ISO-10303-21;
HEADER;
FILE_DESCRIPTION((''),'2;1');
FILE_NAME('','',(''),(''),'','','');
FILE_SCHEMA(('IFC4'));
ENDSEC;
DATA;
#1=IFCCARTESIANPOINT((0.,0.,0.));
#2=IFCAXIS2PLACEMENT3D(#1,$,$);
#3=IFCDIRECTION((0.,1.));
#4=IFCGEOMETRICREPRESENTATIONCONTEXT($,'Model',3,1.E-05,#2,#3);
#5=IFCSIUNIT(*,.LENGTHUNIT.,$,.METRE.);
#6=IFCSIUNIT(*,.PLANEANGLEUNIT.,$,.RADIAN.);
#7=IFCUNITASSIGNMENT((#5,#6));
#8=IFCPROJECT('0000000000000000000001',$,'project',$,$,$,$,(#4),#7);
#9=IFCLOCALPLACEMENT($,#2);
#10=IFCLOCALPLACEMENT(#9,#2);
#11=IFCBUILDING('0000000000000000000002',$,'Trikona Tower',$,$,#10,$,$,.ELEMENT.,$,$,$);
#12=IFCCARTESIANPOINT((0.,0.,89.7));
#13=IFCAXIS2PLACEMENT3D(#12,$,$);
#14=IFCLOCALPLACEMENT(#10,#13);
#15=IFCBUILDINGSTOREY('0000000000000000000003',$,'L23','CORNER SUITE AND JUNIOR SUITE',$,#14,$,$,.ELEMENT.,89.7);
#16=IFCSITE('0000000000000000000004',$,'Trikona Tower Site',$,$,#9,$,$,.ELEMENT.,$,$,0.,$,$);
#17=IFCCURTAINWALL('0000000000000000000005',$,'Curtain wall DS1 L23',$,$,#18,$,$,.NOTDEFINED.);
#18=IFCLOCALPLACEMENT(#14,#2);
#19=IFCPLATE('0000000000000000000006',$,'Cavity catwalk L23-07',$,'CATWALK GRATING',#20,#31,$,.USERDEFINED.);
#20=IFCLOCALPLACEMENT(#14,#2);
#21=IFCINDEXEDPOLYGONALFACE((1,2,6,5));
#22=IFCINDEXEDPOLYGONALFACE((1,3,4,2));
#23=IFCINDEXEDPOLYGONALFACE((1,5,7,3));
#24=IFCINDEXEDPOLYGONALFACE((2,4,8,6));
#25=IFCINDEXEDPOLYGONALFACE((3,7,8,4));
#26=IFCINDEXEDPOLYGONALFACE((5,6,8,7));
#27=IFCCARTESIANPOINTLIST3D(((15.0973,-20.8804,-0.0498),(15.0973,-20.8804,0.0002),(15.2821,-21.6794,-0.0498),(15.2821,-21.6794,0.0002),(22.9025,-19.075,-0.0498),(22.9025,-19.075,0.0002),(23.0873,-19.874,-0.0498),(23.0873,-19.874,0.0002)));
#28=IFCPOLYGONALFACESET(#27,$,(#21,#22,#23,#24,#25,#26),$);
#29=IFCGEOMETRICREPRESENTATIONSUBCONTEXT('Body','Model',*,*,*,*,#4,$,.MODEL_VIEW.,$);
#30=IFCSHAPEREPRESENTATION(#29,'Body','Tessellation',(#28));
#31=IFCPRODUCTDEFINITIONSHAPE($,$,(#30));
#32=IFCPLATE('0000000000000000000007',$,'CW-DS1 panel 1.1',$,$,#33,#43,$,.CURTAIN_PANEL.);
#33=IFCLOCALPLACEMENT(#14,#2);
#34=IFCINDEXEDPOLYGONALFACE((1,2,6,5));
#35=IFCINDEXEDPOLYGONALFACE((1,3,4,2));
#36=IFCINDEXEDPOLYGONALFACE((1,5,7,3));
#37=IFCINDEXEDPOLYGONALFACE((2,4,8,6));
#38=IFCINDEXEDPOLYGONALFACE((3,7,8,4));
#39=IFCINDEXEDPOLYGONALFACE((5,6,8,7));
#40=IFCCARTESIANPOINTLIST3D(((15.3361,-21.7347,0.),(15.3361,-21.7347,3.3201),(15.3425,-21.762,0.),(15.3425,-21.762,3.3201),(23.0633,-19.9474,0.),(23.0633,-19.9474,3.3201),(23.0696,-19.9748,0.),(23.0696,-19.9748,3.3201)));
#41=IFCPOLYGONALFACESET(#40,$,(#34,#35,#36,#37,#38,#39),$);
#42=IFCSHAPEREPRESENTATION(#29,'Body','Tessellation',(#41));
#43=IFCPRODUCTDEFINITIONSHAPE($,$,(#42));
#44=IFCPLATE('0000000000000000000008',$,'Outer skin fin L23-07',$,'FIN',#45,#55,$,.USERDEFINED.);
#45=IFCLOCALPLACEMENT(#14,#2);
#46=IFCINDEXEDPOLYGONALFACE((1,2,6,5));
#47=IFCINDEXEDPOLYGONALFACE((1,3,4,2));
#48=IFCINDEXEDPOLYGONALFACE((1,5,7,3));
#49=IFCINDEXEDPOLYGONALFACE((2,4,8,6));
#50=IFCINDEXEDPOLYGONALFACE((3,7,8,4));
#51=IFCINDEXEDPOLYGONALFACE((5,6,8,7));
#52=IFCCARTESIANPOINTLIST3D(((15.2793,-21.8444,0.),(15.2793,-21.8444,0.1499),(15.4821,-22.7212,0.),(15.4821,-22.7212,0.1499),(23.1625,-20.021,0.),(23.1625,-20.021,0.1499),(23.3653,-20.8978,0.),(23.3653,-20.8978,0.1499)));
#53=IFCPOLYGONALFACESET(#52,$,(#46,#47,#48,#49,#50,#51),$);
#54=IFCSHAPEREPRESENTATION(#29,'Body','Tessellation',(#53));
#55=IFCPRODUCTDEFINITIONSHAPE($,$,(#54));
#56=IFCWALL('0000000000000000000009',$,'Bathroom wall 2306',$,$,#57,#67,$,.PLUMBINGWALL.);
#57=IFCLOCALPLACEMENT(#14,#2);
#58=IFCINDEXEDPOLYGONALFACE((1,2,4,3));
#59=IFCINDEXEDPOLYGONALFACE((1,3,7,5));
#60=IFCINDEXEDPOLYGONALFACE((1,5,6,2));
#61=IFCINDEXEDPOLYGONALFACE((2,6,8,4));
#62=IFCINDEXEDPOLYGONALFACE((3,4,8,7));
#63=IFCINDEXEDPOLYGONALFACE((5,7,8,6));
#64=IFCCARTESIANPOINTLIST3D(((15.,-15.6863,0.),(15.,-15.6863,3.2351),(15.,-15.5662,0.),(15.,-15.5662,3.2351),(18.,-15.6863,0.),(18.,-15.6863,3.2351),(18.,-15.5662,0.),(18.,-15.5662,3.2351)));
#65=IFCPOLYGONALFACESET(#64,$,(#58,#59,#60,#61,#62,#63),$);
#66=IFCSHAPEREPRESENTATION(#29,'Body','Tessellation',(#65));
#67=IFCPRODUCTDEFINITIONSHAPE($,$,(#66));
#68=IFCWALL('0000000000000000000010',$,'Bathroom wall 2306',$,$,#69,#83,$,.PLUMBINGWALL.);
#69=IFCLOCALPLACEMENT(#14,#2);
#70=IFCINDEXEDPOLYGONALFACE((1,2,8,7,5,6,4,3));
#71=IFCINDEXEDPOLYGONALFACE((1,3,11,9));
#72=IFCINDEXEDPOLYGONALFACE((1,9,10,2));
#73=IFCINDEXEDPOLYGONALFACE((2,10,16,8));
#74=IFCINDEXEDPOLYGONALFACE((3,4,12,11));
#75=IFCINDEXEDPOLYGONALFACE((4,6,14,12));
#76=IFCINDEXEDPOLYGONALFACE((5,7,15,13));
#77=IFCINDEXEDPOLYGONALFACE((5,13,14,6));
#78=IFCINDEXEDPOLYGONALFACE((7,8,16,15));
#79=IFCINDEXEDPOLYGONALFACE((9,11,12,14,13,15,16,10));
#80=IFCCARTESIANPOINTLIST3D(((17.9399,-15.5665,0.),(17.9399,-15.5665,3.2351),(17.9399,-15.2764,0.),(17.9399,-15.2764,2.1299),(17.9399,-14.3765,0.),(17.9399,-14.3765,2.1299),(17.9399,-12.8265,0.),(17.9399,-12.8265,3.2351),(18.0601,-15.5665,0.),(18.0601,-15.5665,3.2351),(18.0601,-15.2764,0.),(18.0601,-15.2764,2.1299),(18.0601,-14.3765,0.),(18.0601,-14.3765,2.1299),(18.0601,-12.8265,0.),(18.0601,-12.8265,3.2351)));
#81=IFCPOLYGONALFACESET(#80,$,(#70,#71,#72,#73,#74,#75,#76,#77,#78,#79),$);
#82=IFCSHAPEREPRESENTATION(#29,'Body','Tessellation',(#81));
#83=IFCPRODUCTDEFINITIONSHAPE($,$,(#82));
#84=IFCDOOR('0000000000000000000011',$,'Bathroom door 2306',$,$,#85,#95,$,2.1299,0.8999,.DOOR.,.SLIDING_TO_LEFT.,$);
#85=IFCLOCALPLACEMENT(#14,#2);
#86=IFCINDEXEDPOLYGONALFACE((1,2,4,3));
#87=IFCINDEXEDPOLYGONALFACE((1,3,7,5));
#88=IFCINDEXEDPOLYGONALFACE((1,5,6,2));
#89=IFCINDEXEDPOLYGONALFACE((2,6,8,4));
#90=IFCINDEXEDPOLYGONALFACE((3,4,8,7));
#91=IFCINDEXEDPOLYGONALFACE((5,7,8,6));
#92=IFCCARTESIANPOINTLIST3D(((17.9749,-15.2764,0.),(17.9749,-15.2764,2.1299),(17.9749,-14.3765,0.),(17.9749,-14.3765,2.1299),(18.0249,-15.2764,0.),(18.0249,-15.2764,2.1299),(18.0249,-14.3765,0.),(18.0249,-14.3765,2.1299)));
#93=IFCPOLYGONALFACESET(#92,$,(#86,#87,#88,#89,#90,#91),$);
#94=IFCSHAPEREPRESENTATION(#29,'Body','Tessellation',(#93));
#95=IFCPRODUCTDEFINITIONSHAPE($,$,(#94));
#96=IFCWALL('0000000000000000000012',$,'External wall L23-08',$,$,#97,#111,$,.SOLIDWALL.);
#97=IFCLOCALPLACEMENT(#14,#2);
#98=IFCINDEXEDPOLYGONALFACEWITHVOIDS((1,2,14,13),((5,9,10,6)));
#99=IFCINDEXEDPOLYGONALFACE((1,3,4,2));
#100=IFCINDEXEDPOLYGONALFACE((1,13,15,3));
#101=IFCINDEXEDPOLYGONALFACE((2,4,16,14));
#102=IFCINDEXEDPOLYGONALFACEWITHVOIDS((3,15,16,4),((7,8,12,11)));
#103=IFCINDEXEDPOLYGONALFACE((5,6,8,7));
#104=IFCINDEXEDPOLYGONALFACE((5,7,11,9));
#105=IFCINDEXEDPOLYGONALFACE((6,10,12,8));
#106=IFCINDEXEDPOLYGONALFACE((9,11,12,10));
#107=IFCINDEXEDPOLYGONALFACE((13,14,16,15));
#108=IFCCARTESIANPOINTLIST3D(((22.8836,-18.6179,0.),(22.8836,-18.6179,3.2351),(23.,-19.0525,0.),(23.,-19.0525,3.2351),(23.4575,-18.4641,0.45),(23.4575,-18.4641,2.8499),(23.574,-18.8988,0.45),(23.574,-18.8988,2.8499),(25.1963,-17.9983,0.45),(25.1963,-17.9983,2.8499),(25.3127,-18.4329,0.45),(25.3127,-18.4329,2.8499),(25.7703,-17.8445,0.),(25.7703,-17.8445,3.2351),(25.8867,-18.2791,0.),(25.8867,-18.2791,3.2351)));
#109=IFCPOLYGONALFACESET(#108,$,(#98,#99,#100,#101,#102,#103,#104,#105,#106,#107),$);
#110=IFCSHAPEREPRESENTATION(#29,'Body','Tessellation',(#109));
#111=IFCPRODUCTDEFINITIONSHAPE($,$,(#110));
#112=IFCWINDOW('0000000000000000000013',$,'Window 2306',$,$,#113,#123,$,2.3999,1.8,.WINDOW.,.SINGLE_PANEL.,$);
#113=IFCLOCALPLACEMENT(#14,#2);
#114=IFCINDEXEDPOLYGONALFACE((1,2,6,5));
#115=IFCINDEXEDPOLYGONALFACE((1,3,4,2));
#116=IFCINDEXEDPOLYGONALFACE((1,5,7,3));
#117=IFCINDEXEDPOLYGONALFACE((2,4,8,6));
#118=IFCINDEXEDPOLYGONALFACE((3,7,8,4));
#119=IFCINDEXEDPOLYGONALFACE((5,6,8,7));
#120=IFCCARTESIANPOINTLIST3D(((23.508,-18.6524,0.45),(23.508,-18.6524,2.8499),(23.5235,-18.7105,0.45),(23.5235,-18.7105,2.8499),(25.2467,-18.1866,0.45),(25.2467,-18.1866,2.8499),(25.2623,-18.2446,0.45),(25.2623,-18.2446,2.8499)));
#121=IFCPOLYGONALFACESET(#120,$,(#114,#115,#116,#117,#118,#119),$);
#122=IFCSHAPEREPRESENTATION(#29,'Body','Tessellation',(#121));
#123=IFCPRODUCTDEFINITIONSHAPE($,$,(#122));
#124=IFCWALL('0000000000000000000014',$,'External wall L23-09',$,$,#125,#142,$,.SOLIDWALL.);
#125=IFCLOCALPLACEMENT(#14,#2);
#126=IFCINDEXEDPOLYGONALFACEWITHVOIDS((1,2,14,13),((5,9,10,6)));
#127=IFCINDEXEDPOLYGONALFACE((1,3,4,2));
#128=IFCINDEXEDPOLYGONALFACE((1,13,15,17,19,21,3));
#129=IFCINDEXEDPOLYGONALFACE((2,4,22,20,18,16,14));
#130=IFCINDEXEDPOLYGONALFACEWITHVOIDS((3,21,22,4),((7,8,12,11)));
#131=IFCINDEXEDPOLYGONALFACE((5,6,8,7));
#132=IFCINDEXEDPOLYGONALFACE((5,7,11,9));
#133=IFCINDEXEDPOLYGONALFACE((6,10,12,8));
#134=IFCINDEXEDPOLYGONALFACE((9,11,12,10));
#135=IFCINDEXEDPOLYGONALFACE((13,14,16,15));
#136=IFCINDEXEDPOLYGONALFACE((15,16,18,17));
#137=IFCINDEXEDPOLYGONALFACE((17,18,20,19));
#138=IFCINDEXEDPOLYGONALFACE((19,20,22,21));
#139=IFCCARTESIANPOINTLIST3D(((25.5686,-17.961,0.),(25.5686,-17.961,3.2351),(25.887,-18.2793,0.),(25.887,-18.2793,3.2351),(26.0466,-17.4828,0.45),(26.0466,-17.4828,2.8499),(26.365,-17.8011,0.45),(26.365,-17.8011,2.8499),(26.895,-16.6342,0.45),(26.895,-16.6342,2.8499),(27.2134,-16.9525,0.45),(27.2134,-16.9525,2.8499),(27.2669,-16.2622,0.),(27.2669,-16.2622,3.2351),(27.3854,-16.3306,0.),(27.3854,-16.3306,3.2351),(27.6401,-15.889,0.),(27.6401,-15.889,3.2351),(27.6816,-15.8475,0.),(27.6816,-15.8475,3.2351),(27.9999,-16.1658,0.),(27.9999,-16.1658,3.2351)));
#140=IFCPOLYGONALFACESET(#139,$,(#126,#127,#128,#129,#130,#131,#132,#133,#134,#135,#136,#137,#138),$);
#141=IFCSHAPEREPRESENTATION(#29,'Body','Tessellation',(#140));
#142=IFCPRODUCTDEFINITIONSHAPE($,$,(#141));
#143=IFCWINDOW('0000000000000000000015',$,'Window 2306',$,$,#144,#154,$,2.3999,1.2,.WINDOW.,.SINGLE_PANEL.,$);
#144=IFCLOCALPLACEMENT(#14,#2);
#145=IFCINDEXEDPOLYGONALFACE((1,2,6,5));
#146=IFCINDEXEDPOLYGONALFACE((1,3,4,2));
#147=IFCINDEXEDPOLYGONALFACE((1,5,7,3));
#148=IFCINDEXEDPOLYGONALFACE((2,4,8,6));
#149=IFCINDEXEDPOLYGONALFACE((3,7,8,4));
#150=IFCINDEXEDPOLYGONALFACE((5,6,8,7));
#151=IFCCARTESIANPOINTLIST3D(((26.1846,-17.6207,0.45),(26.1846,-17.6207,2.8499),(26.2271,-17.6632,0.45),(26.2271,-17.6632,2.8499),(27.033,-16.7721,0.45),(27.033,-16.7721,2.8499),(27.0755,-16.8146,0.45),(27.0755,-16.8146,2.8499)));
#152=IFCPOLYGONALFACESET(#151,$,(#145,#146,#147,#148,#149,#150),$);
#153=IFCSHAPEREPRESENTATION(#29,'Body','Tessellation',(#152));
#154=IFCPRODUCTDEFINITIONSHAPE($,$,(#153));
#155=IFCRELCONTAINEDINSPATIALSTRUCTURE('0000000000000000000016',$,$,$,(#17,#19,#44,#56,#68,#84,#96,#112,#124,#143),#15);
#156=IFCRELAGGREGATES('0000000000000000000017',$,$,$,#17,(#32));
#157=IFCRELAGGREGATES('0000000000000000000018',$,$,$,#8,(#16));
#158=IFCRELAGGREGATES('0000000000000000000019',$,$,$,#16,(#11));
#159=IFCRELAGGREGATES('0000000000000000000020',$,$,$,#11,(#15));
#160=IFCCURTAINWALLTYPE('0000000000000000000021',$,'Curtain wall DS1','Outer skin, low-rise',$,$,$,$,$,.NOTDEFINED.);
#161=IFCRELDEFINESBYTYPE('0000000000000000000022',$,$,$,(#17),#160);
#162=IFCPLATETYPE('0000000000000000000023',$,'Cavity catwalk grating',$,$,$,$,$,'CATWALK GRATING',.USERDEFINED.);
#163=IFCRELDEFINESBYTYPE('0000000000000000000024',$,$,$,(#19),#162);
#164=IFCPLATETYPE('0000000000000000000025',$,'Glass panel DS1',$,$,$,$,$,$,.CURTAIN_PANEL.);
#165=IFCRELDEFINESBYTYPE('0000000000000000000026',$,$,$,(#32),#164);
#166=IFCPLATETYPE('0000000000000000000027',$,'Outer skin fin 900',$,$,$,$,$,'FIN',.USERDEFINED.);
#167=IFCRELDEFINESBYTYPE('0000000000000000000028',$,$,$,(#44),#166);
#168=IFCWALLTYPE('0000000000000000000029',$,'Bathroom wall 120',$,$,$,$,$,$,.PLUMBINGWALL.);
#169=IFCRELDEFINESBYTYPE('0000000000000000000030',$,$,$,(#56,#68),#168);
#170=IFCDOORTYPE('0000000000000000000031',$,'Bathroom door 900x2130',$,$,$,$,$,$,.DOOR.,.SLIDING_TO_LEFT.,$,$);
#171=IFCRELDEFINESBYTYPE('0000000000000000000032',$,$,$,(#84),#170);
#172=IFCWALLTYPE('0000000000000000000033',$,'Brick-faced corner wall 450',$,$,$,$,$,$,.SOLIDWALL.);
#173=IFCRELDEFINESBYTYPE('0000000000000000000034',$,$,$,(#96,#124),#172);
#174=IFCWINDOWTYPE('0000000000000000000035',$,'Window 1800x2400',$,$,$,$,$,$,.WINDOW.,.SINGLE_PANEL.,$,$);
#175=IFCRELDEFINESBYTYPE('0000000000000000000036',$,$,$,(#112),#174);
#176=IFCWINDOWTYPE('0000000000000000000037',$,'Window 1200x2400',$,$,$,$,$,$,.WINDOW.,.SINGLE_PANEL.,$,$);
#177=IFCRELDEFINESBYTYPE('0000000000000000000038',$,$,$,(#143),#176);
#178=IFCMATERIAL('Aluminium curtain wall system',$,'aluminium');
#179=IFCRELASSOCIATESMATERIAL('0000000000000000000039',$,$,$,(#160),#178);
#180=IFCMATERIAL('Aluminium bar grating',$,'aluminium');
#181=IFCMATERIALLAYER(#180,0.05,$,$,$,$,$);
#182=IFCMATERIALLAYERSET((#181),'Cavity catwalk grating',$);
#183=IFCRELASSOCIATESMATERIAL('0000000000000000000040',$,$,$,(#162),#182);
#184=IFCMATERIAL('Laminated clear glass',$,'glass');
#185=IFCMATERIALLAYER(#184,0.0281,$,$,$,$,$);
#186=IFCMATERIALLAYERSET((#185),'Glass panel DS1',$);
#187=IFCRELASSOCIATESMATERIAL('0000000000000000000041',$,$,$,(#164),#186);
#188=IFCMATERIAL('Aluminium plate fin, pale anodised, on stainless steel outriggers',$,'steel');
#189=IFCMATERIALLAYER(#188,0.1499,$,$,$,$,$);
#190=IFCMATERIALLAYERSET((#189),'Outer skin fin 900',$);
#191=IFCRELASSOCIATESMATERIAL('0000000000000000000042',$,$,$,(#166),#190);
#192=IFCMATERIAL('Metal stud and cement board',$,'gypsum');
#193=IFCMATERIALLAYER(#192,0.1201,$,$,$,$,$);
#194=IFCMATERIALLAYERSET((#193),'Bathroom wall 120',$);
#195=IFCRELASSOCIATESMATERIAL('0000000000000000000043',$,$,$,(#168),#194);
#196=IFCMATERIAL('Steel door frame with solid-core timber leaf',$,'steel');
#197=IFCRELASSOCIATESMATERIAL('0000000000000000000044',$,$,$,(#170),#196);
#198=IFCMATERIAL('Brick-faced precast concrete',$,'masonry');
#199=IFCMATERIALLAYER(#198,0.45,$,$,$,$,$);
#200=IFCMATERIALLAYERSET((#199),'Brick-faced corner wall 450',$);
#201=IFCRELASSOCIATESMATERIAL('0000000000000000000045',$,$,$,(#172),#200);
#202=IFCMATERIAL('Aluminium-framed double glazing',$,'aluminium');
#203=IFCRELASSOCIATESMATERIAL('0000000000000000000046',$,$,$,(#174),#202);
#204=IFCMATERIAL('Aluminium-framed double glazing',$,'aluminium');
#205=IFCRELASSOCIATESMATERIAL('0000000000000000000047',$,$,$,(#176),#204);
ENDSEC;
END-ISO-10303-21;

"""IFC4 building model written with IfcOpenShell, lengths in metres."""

from ifc_helpers import new_model, si_unit, direction, frame, frame_2d, origin, origin_2d, place, context, subcontext, project, spatial, polyline, rectangle, outline, extrude, material, layer, layer_set, type_object, element, fill, aggregate, save


model = new_model("IFC4")

# Units and contexts
model_context = context("Model", 3, precision=1e-05, world=origin(), true_north=direction((0.0, 1.0)))
body_context = subcontext(model_context, "Body", "Model", "MODEL_VIEW")
ifc_project = project(units=[si_unit("LENGTHUNIT", "METRE"), si_unit("PLANEANGLEUNIT", "RADIAN")], contexts=[model_context])

# Site, building, storey
site_placement = place(None, origin())
site = spatial("IfcSite", under=ifc_project, at=site_placement, Name="Trikona Tower Site", CompositionType="ELEMENT", RefElevation=0.0)
building_placement = place(site_placement, origin())
building = spatial("IfcBuilding", under=site, at=building_placement, Name="Trikona Tower", CompositionType="ELEMENT")
storey_placement = place(building_placement, frame((0.0, 0.0, 89.7)))
storey = spatial("IfcBuildingStorey", under=building, at=storey_placement, Name="L23", Description="CORNER SUITE AND JUNIOR SUITE", CompositionType="ELEMENT", Elevation=89.7)

# Shared definitions
ifc_material_1 = material(Name="Aluminium curtain wall system", Category="aluminium")
curtain_wall_type = type_object("IfcCurtainWallType", Name="Curtain wall DS1", Description="Outer skin, low-rise", PredefinedType="NOTDEFINED", material=ifc_material_1)

# Curtain wall
curtain_wall_1_placement = place(storey_placement, origin())
curtain_wall_1 = element("IfcCurtainWall", 1, at=curtain_wall_1_placement, inside=storey, type_object=curtain_wall_type, Name="Curtain wall DS1 L23", PredefinedType="NOTDEFINED")

# Plates
ifc_material_2 = material(Name="Aluminium bar grating", Category="aluminium")
ifc_layer_1 = layer(ifc_material_2, 0.05)
ifc_layer_set_1 = layer_set([ifc_layer_1], Name="Cavity catwalk grating")
plate_type_1 = type_object("IfcPlateType", Name="Cavity catwalk grating", ElementType="CATWALK GRATING", PredefinedType="USERDEFINED", material=ifc_layer_set_1)
plate_1_placement = place(storey_placement, frame((19.0923, -20.3772, -0.0498), z_axis=(0.0, 0.0, 1.0), x_axis=(0.974278, 0.225351, 0.0)))
element("IfcPlate", 2, at=plate_1_placement, inside=storey, type_object=plate_type_1, Name="Cavity catwalk L23-07", ObjectType="CATWALK GRATING", PredefinedType="USERDEFINED", context=body_context, shape_type="SweptSolid", body=[
    extrude(rectangle(XDim=8.0112, YDim=0.8201, at=origin_2d()), origin(), (0.0, 0.0, 1.0), 0.05),
])
ifc_material_3 = material(Name="Laminated clear glass", Category="glass")
ifc_layer_2 = layer(ifc_material_3, 0.0281)
ifc_layer_set_2 = layer_set([ifc_layer_2], Name="Glass panel DS1")
plate_type_2 = type_object("IfcPlateType", Name="Glass panel DS1", PredefinedType="CURTAIN_PANEL", material=ifc_layer_set_2)
plate_2_placement = place(storey_placement, frame((19.2029, -20.8547, 0.0), z_axis=(0.0, 0.0, 1.0), x_axis=(0.974279, 0.225343, 0.0)))
plate_2 = element("IfcPlate", 3, at=plate_2_placement, type_object=plate_type_2, Name="CW-DS1 panel 1.1", PredefinedType="CURTAIN_PANEL", context=body_context, shape_type="SweptSolid", body=[
    extrude(rectangle(XDim=7.9312, YDim=0.0281, at=origin_2d()), origin(), (0.0, 0.0, 1.0), 3.3201),
])
aggregate(curtain_wall_1, [plate_2])
ifc_material_4 = material(Name="Aluminium plate fin, pale anodised, on stainless steel outriggers", Category="steel")
ifc_layer_3 = layer(ifc_material_4, 0.1499)
ifc_layer_set_3 = layer_set([ifc_layer_3], Name="Outer skin fin 900")
plate_type_3 = type_object("IfcPlateType", Name="Outer skin fin 900", ElementType="FIN", PredefinedType="USERDEFINED", material=ifc_layer_set_3)
plate_3_placement = place(storey_placement, frame((19.3223, -21.3711, 0.0), z_axis=(0.0, 0.0, 1.0), x_axis=(0.974278, 0.225351, 0.0)))
element("IfcPlate", 4, at=plate_3_placement, inside=storey, type_object=plate_type_3, Name="Outer skin fin L23-07", ObjectType="FIN", PredefinedType="USERDEFINED", context=body_context, shape_type="SweptSolid", body=[
    extrude(rectangle(XDim=8.0913, YDim=0.8999, at=origin_2d()), origin(), (0.0, 0.0, 1.0), 0.1499),
])

# Wall
ifc_material_5 = material(Name="Metal stud and cement board", Category="gypsum")
ifc_layer_4 = layer(ifc_material_5, 0.1201)
ifc_layer_set_4 = layer_set([ifc_layer_4], Name="Bathroom wall 120")
wall_type_1 = type_object("IfcWallType", Name="Bathroom wall 120", PredefinedType="PLUMBINGWALL", material=ifc_layer_set_4)
wall_1_placement = place(storey_placement, frame((15.0, -15.6262, 0.0), z_axis=(0.0, 0.0, 1.0), x_axis=(1.0, 0.0, 0.0)))
element("IfcWall", 5, at=wall_1_placement, inside=storey, type_object=wall_type_1, Name="Bathroom wall 2306", PredefinedType="PLUMBINGWALL", context=body_context, shape_type="SweptSolid", body=[
    extrude(rectangle(XDim=3.0, YDim=0.1201, at=frame_2d((1.5, 0.0))), origin(), (0.0, 0.0, 1.0), 3.2351),
])

# Wall, opening, door
wall_2_placement = place(storey_placement, frame((18.0, -12.8264, 0.0), z_axis=(0.0, 0.0, 1.0), x_axis=(0.0, -1.0, 0.0)))
wall_2 = element("IfcWall", 6, at=wall_2_placement, inside=storey, type_object=wall_type_1, Name="Bathroom wall 2306", PredefinedType="PLUMBINGWALL", context=body_context, shape_type="SweptSolid", body=[
    extrude(rectangle(XDim=2.74, YDim=0.1201, at=frame_2d((1.3701, 0.0))), origin(), (0.0, 0.0, 1.0), 3.2351),
])
opening_1_placement = place(wall_2_placement, frame((1.55, 0.0, 0.0)))
opening_1 = element("IfcOpeningElement", 7, at=opening_1_placement, cuts=wall_2, PredefinedType="OPENING", context=body_context, shape_type="SweptSolid", body=[
    extrude(rectangle(XDim=0.8999, YDim=2.1299, at=frame_2d((0.45, 1.0649))), frame((0.0, 0.0701, 0.0), z_axis=(0.0, -1.0, 0.0), x_axis=(1.0, 0.0, 0.0)), (0.0, 0.0, 1.0), 0.1401),
])
ifc_material_6 = material(Name="Steel door frame with solid-core timber leaf", Category="steel")
door_type = type_object("IfcDoorType", Name="Bathroom door 900x2130", OperationType="SLIDING_TO_LEFT", PredefinedType="DOOR", material=ifc_material_6)
door_placement = place(opening_1_placement, origin())
door = element("IfcDoor", 8, at=door_placement, inside=storey, type_object=door_type, Name="Bathroom door 2306", OperationType="SLIDING_TO_LEFT", OverallHeight=2.1299, OverallWidth=0.8999, PredefinedType="DOOR", context=body_context, shape_type="SweptSolid", body=[
    extrude(rectangle(XDim=0.8999, YDim=2.1299, at=frame_2d((0.45, 1.0649))), frame((0.0, 0.0249, 0.0), z_axis=(0.0, -1.0, 0.0), x_axis=(1.0, 0.0, 0.0)), (0.0, 0.0, 1.0), 0.05),
])
fill(opening_1, door)

# Walls, openings, windows
ifc_material_7 = material(Name="Brick-faced precast concrete", Category="masonry")
ifc_layer_5 = layer(ifc_material_7, 0.45)
ifc_layer_set_5 = layer_set([ifc_layer_5], Name="Brick-faced corner wall 450")
wall_type_2 = type_object("IfcWallType", Name="Brick-faced corner wall 450", PredefinedType="SOLIDWALL", material=ifc_layer_set_5)
wall_3_placement = place(storey_placement, frame((22.9419, -18.8352, 0.0), z_axis=(0.0, 0.0, 1.0), x_axis=(0.965931, 0.258801, 0.0)))
wall_3 = element("IfcWall", 9, at=wall_3_placement, inside=storey, type_object=wall_type_2, Name="External wall L23-08", PredefinedType="SOLIDWALL", context=body_context, shape_type="SweptSolid", body=[
    extrude(rectangle(XDim=2.9885, YDim=0.45, at=frame_2d((1.4941, 0.0))), origin(), (0.0, 0.0, 1.0), 3.2351),
])
opening_2_placement = place(wall_3_placement, frame((0.5942, 0.0, 0.45)))
opening_2 = element("IfcOpeningElement", 10, at=opening_2_placement, cuts=wall_3, PredefinedType="OPENING", context=body_context, shape_type="SweptSolid", body=[
    extrude(rectangle(XDim=1.8, YDim=2.3999, at=frame_2d((0.8999, 1.2))), frame((0.0, 0.2349, 0.0), z_axis=(0.0, -1.0, 0.0), x_axis=(1.0, 0.0, 0.0)), (0.0, 0.0, 1.0), 0.47),
])
ifc_material_8 = material(Name="Aluminium-framed double glazing", Category="aluminium")
window_type_1 = type_object("IfcWindowType", Name="Window 1800x2400", PartitioningType="SINGLE_PANEL", PredefinedType="WINDOW", material=ifc_material_8)
window_1_placement = place(opening_2_placement, origin())
window_1 = element("IfcWindow", 11, at=window_1_placement, inside=storey, type_object=window_type_1, Name="Window 2306", OverallHeight=2.3999, OverallWidth=1.8, PartitioningType="SINGLE_PANEL", PredefinedType="WINDOW", context=body_context, shape_type="SweptSolid", body=[
    extrude(rectangle(XDim=1.8, YDim=2.3999, at=frame_2d((0.8999, 1.2))), frame((0.0, 0.03, 0.0), z_axis=(0.0, -1.0, 0.0), x_axis=(1.0, 0.0, 0.0)), (0.0, 0.0, 1.0), 0.0601),
])
fill(opening_2, window_1)
wall_4_placement = place(storey_placement, frame((25.7278, -18.1201, 0.0), z_axis=(0.0, 0.0, 1.0), x_axis=(0.707025, 0.707188, 0.0)))
wall_4 = element("IfcWall", 12, at=wall_4_placement, inside=storey, type_object=wall_type_2, Name="External wall L23-09", PredefinedType="SOLIDWALL", context=body_context, shape_type="SweptSolid", body=[
    extrude(outline(polyline([(2.9885, 0.2251), (2.9299, 0.2251), (2.4375, 0.093), (2.4021, 0.2251), (0.0, 0.2251), (0.0, -0.2251), (2.9885, -0.2251), (2.9885, 0.2251)])), origin(), (0.0, 0.0, 1.0), 3.2351),
])
opening_3_placement = place(wall_4_placement, frame((0.676, 0.0, 0.45)))
opening_3 = element("IfcOpeningElement", 13, at=opening_3_placement, cuts=wall_4, PredefinedType="OPENING", context=body_context, shape_type="SweptSolid", body=[
    extrude(rectangle(XDim=1.2, YDim=2.3999, at=frame_2d((0.6001, 1.2))), frame((0.0, 0.2349, 0.0), z_axis=(0.0, -1.0, 0.0), x_axis=(1.0, 0.0, 0.0)), (0.0, 0.0, 1.0), 0.47),
])
ifc_material_9 = material(Name="Aluminium-framed double glazing", Category="aluminium")
window_type_2 = type_object("IfcWindowType", Name="Window 1200x2400", PartitioningType="SINGLE_PANEL", PredefinedType="WINDOW", material=ifc_material_9)
window_2_placement = place(opening_3_placement, origin())
window_2 = element("IfcWindow", 14, at=window_2_placement, inside=storey, type_object=window_type_2, Name="Window 2306", OverallHeight=2.3999, OverallWidth=1.2, PartitioningType="SINGLE_PANEL", PredefinedType="WINDOW", context=body_context, shape_type="SweptSolid", body=[
    extrude(rectangle(XDim=1.2, YDim=2.3999, at=frame_2d((0.6001, 1.2))), frame((0.0, 0.03, 0.0), z_axis=(0.0, -1.0, 0.0), x_axis=(1.0, 0.0, 0.0)), (0.0, 0.0, 1.0), 0.0601),
])
fill(opening_3, window_2)

save(model, "model.ifc")
